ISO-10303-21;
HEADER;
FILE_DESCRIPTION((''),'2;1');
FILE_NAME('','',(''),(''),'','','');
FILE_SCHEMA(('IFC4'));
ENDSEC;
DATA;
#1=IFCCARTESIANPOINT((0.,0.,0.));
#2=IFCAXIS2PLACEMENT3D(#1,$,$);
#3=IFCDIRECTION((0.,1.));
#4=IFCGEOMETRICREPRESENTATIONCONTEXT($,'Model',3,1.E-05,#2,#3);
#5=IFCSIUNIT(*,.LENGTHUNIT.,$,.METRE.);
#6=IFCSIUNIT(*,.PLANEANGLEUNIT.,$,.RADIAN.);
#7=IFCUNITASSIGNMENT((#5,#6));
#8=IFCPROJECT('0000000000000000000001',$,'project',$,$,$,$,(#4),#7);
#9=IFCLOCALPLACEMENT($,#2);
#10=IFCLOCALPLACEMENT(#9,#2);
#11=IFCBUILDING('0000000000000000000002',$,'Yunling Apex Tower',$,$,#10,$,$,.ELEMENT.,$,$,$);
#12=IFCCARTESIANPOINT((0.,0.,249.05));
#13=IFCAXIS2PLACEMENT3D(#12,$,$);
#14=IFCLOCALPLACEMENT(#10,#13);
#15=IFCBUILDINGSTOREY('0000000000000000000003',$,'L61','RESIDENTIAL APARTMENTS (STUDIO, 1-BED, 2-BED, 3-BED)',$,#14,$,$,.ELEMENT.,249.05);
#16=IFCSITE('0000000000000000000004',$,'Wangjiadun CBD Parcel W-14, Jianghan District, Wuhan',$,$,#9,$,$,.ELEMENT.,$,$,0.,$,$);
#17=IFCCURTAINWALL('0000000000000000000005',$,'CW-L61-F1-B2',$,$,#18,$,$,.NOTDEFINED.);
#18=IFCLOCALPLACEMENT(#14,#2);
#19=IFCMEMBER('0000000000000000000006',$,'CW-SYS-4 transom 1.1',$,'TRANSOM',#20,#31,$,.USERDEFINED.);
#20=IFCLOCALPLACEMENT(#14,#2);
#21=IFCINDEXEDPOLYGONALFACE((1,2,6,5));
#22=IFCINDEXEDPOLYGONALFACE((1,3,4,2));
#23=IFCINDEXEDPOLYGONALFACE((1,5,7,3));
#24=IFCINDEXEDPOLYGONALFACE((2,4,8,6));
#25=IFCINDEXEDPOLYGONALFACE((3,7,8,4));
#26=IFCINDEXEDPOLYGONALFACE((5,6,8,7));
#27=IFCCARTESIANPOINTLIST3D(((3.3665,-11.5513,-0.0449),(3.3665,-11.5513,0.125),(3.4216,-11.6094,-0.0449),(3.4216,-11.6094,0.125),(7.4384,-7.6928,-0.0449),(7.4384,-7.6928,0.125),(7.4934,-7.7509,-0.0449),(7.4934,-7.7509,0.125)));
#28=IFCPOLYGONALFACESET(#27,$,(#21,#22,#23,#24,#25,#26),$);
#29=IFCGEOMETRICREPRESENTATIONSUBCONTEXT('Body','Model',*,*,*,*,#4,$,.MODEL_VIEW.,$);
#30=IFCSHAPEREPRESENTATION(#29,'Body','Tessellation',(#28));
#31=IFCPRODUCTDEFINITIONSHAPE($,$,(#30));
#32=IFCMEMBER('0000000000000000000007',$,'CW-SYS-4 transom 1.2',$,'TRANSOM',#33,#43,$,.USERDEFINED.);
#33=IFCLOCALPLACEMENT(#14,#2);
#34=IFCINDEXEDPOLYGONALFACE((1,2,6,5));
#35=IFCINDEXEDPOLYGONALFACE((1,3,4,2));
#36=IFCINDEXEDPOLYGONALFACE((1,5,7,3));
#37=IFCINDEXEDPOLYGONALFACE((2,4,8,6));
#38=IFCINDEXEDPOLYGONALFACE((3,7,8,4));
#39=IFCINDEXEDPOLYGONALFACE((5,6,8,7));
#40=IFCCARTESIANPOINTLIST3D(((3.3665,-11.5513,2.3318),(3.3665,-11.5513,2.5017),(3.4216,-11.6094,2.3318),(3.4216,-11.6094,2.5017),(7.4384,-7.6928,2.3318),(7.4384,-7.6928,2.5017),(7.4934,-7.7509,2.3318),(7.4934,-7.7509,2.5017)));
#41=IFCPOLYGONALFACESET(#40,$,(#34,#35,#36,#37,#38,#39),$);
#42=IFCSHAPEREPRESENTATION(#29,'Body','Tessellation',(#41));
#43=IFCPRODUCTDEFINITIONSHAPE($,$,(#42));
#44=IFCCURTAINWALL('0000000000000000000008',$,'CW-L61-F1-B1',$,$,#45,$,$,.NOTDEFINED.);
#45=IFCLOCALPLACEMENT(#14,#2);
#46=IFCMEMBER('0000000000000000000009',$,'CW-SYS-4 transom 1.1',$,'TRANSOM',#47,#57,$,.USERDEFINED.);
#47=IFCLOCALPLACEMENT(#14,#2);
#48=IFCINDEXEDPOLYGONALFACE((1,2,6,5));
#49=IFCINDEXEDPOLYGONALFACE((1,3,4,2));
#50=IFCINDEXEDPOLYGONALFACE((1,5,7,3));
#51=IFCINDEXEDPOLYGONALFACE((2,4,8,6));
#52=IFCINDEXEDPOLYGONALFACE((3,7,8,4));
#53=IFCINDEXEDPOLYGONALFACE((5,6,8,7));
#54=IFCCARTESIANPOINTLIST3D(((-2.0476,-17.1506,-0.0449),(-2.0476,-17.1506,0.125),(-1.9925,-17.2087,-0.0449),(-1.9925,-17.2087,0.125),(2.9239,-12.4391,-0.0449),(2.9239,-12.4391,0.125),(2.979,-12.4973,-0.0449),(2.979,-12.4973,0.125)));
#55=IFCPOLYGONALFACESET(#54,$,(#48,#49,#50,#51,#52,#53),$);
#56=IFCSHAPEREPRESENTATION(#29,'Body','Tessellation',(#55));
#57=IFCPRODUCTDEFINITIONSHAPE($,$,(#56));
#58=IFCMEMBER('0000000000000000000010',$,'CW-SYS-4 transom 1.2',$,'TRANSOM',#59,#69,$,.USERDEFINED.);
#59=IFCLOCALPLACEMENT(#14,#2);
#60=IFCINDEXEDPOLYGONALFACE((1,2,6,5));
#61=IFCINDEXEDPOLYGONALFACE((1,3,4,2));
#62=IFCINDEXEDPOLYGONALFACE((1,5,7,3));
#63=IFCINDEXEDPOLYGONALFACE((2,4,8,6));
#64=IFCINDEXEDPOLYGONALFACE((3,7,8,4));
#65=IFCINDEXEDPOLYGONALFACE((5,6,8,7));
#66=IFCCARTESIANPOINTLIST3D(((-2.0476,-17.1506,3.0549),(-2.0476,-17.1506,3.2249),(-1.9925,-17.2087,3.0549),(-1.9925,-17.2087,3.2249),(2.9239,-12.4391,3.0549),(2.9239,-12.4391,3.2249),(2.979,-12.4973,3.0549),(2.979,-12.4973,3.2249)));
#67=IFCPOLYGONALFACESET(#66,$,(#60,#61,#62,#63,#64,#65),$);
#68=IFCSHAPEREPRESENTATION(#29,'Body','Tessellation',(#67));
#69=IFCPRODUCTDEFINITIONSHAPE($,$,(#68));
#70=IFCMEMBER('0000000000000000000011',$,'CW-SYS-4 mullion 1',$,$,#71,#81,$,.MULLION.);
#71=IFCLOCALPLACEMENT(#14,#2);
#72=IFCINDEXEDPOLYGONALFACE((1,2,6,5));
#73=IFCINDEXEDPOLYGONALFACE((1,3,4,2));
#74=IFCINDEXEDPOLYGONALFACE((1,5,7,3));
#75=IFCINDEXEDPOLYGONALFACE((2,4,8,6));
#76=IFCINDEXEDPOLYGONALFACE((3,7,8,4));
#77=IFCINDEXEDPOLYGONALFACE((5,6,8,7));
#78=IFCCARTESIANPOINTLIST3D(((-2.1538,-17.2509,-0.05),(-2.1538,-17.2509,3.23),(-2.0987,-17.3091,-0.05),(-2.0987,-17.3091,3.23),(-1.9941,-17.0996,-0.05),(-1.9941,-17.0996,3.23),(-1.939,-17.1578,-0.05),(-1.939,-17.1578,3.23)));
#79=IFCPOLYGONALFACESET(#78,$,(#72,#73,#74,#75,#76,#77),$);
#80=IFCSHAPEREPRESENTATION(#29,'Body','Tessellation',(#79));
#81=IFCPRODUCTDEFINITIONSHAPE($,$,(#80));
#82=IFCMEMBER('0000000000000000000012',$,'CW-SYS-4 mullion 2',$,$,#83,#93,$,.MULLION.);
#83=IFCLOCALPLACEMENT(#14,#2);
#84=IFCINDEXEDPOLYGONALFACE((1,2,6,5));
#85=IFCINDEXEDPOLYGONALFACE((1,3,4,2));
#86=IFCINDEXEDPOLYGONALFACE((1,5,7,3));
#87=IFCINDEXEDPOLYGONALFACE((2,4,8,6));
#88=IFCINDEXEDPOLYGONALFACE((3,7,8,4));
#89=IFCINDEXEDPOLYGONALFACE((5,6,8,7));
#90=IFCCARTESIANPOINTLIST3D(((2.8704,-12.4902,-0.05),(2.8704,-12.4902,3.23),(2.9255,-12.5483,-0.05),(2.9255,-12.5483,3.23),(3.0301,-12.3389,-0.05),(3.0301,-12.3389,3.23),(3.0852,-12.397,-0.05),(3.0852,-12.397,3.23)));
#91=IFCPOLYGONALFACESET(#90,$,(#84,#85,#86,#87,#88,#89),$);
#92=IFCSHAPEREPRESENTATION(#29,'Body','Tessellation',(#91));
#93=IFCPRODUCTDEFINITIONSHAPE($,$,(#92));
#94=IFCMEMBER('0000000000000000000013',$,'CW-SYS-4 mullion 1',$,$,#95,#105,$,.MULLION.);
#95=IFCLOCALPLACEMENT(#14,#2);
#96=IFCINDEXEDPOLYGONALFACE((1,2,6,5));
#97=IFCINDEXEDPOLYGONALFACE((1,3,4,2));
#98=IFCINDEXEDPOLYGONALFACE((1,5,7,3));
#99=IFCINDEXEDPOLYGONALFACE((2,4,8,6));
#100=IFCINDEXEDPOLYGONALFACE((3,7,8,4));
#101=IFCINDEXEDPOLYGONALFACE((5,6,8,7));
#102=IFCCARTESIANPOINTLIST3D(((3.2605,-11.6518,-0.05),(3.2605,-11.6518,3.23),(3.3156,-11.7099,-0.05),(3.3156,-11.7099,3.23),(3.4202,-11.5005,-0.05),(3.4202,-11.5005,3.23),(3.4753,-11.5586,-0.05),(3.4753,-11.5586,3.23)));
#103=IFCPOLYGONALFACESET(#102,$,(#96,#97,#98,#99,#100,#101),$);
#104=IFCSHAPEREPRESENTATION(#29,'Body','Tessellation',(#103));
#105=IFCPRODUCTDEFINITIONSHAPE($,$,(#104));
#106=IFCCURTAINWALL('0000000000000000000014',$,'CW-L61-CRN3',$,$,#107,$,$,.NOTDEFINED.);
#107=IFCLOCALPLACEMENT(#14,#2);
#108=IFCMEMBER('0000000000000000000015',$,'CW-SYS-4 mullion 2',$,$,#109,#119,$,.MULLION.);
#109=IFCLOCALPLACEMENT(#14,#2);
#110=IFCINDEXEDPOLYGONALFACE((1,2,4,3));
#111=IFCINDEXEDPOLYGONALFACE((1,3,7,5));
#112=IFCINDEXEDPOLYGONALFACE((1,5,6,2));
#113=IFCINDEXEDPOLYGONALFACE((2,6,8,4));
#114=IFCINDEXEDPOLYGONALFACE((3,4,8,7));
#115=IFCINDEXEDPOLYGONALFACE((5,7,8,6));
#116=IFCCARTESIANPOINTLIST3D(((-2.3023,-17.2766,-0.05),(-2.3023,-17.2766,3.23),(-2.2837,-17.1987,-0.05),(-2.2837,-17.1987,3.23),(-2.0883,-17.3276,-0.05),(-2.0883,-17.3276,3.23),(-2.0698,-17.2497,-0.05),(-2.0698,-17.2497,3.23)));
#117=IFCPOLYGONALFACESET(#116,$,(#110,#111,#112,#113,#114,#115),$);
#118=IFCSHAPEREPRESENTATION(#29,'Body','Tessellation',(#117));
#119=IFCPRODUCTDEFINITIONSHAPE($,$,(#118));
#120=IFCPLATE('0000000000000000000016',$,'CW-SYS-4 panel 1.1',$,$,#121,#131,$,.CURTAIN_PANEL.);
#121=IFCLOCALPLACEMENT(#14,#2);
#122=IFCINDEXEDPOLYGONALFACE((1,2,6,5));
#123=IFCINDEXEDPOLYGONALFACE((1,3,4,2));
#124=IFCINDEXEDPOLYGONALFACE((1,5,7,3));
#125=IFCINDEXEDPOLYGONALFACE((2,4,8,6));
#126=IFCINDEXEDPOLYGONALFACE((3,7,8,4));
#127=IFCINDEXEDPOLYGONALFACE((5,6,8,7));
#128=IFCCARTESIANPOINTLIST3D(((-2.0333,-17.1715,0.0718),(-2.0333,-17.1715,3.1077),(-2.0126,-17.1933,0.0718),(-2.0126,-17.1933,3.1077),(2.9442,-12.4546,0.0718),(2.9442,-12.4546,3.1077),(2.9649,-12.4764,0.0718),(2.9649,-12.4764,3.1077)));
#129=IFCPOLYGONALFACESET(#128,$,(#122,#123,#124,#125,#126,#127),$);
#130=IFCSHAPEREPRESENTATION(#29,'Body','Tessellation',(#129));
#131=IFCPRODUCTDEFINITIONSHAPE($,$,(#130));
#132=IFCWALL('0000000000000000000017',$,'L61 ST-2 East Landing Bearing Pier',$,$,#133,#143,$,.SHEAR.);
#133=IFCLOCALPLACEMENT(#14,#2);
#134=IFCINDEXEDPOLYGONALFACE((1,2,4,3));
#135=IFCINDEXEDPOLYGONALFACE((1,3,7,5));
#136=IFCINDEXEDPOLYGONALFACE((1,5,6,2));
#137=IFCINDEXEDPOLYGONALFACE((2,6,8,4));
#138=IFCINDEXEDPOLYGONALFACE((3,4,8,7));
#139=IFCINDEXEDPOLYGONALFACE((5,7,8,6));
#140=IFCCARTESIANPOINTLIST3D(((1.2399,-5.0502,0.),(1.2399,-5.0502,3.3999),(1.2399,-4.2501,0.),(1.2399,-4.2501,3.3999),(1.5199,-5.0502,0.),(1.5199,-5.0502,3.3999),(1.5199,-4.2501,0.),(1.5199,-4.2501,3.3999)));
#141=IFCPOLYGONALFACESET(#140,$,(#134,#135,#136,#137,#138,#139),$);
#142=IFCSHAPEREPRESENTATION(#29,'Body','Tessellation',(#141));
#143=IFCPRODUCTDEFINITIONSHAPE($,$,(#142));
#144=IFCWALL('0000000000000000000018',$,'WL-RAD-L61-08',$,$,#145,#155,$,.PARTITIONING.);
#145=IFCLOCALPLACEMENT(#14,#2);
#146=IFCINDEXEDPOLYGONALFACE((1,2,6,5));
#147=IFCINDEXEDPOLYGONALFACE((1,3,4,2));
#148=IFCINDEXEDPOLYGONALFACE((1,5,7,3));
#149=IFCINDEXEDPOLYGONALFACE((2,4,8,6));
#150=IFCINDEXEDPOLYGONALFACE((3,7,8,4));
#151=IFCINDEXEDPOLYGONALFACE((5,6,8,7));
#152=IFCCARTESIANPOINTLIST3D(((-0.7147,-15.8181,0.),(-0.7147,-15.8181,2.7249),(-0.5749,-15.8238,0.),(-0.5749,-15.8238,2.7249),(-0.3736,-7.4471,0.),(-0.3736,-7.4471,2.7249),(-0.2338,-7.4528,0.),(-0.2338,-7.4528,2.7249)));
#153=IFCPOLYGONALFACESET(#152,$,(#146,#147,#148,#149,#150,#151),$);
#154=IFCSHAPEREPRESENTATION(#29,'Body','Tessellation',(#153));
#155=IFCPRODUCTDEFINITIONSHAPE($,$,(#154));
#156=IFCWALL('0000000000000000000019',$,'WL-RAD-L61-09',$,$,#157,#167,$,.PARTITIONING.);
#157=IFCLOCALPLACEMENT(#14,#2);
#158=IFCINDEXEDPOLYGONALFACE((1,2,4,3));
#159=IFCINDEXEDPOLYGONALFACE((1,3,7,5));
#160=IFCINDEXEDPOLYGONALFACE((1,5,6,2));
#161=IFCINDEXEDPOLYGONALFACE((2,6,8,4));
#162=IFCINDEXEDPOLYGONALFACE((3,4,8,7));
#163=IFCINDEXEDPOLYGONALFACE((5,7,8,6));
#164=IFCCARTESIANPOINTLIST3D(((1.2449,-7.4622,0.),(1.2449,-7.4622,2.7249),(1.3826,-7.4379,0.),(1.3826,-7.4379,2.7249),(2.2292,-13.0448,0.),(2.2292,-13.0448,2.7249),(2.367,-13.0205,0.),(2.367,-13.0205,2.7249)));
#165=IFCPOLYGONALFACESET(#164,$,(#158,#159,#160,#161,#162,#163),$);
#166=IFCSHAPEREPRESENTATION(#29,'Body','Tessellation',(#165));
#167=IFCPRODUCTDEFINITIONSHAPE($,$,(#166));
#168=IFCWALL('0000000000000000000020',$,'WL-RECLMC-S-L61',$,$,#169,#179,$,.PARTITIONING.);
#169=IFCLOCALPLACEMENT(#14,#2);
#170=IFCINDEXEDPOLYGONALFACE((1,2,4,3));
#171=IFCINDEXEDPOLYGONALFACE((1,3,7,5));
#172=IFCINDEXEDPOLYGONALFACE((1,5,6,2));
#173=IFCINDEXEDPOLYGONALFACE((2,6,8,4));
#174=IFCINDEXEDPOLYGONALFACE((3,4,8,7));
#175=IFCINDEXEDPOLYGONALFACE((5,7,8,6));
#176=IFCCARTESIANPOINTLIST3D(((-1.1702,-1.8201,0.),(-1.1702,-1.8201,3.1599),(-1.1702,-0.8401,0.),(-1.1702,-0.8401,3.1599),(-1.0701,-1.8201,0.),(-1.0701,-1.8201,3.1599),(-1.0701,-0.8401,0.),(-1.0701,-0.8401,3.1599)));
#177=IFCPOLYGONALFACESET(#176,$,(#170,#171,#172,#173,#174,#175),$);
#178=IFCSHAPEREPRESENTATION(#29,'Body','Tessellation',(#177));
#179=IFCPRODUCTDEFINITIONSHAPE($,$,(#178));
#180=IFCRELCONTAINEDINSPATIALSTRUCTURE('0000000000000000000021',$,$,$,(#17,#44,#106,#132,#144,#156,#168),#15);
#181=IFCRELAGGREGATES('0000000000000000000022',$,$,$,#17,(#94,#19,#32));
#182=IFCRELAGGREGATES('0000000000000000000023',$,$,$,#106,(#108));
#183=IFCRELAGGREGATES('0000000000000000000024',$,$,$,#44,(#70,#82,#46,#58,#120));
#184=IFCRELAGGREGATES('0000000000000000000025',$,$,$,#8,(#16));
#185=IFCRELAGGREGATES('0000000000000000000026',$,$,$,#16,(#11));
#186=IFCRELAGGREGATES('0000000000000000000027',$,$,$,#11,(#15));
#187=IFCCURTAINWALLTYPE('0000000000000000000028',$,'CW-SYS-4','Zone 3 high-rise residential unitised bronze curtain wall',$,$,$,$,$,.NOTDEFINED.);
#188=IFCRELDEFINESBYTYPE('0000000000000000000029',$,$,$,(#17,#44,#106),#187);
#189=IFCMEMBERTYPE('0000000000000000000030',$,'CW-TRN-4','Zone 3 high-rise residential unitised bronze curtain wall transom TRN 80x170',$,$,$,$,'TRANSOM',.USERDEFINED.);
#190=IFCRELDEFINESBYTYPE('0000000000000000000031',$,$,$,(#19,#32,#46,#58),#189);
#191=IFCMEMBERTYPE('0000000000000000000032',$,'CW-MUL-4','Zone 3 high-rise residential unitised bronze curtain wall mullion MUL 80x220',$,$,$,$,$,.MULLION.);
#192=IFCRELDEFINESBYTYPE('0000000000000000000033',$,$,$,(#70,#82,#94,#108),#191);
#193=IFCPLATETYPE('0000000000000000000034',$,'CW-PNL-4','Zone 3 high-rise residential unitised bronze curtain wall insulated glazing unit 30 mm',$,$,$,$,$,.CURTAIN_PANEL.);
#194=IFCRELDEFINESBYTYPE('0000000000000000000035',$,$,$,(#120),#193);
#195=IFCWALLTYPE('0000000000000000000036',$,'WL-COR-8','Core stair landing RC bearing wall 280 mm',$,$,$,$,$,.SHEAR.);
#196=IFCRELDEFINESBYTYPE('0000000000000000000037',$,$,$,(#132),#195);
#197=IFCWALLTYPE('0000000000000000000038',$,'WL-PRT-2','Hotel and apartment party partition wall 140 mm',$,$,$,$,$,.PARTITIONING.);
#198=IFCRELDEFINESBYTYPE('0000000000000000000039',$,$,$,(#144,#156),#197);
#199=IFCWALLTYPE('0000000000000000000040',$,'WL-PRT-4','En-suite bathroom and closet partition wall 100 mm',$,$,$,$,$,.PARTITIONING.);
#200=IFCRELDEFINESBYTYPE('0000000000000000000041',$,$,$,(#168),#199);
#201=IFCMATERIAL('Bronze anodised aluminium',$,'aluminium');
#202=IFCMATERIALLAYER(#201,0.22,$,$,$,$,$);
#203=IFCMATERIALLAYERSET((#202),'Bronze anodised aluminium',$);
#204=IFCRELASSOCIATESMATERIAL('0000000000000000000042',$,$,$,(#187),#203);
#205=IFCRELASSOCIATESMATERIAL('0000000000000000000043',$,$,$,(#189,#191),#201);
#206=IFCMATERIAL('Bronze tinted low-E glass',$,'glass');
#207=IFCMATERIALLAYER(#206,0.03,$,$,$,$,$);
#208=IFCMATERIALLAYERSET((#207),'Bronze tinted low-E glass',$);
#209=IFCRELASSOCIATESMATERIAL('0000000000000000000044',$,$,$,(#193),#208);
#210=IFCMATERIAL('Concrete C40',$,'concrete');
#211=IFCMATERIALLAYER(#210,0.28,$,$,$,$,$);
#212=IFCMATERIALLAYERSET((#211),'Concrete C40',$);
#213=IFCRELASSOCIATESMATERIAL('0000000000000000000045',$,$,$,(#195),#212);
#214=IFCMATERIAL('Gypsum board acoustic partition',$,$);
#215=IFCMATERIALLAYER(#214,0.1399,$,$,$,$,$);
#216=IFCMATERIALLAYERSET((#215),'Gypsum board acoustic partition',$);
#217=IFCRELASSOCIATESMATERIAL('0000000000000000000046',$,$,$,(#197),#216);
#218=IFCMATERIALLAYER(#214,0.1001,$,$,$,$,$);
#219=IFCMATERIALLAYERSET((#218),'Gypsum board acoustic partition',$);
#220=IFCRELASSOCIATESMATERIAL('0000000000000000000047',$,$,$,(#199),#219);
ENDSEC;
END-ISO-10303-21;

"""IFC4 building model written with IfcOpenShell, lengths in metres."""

from ifc_helpers import new_model, si_unit, direction, frame, frame_2d, origin, origin_2d, place, context, subcontext, project, spatial, rectangle, extrude, source, transform, mapped, material, layer, layer_set, material_profile, profile_set, type_object, element, aggregate, save


model = new_model("IFC4")

# Units and contexts
model_context = context("Model", 3, precision=1e-05, world=origin(), true_north=direction((0.0, 1.0)))
body_context = subcontext(model_context, "Body", "Model", "MODEL_VIEW")
ifc_project = project(units=[si_unit("LENGTHUNIT", "METRE"), si_unit("PLANEANGLEUNIT", "RADIAN")], contexts=[model_context])

# Site, building, storey
site_placement = place(None, origin())
site = spatial("IfcSite", under=ifc_project, at=site_placement, Name="Wangjiadun CBD Parcel W-14, Jianghan District, Wuhan", CompositionType="ELEMENT", RefElevation=0.0)
building_placement = place(site_placement, origin())
building = spatial("IfcBuilding", under=site, at=building_placement, Name="Yunling Apex Tower", CompositionType="ELEMENT")
storey_placement = place(building_placement, frame((0.0, 0.0, 249.05)))
storey = spatial("IfcBuildingStorey", under=building, at=storey_placement, Name="L61", Description="RESIDENTIAL APARTMENTS (STUDIO, 1-BED, 2-BED, 3-BED)", CompositionType="ELEMENT", Elevation=249.05)

# Curtain walls, members
ifc_material_1 = material(Name="Bronze anodised aluminium", Category="aluminium")
ifc_layer_1 = layer(ifc_material_1, 0.22)
ifc_layer_set_1 = layer_set([ifc_layer_1], Name="Bronze anodised aluminium")
curtain_wall_type = type_object("IfcCurtainWallType", Name="CW-SYS-4", Description="Zone 3 high-rise residential unitised bronze curtain wall", PredefinedType="NOTDEFINED", material=ifc_layer_set_1)
curtain_wall_1_placement = place(storey_placement, origin())
curtain_wall_1 = element("IfcCurtainWall", 1, at=curtain_wall_1_placement, inside=storey, type_object=curtain_wall_type, Name="CW-L61-F1-B2", PredefinedType="NOTDEFINED")
ifc_material_profile_1 = material_profile(ifc_material_1, rectangle(XDim=0.0801, YDim=0.1699, at=origin_2d()))
ifc_profile_set_1 = profile_set([ifc_material_profile_1], Name="Bronze anodised aluminium")
member_type_1 = type_object("IfcMemberType", Name="CW-TRN-4", Description="Zone 3 high-rise residential unitised bronze curtain wall transom TRN 80x170", ElementType="TRANSOM", PredefinedType="USERDEFINED", material=ifc_profile_set_1)
shared_shape_1 = source(origin(), body_context, "Body", "SweptSolid", [
    extrude(rectangle(XDim=0.0801, YDim=0.1699, at=origin_2d()), origin(), (0.0, 0.0, 1.0), 5.6096),
])
member_1_placement = place(storey_placement, frame((3.394, -11.5803, 0.04), z_axis=(0.72587, 0.687832, 0.0), x_axis=(-0.687832, 0.72587, 0.0)))
member_1 = element("IfcMember", 2, at=member_1_placement, type_object=member_type_1, Name="CW-SYS-4 transom 1.1", ObjectType="TRANSOM", PredefinedType="USERDEFINED", context=body_context, shape_type="MappedRepresentation", body=[
    mapped(shared_shape_1, transform((0.0, 0.0, 0.0), scale=1.0)),
])
member_2_placement = place(storey_placement, frame((3.394, -11.5803, 2.4167), z_axis=(0.72587, 0.687832, 0.0), x_axis=(-0.687832, 0.72587, 0.0)))
member_2 = element("IfcMember", 3, at=member_2_placement, type_object=member_type_1, Name="CW-SYS-4 transom 1.2", ObjectType="TRANSOM", PredefinedType="USERDEFINED", context=body_context, shape_type="MappedRepresentation", body=[
    mapped(shared_shape_1, transform((0.0, 0.0, 0.0), scale=1.0)),
])
curtain_wall_2_placement = place(storey_placement, origin())
curtain_wall_2 = element("IfcCurtainWall", 4, at=curtain_wall_2_placement, inside=storey, type_object=curtain_wall_type, Name="CW-L61-F1-B1", PredefinedType="NOTDEFINED")
shared_shape_2 = source(origin(), body_context, "Body", "SweptSolid", [
    extrude(rectangle(XDim=0.0801, YDim=0.1699, at=origin_2d()), origin(), (0.0, 0.0, 1.0), 6.8494),
])
member_3_placement = place(storey_placement, frame((-2.02, -17.1797, 0.04), z_axis=(0.725833, 0.687871, 0.0), x_axis=(-0.687871, 0.725833, 0.0)))
member_3 = element("IfcMember", 5, at=member_3_placement, type_object=member_type_1, Name="CW-SYS-4 transom 1.1", ObjectType="TRANSOM", PredefinedType="USERDEFINED", context=body_context, shape_type="MappedRepresentation", body=[
    mapped(shared_shape_2, transform((0.0, 0.0, 0.0), scale=1.0)),
])
member_4_placement = place(storey_placement, frame((-2.02, -17.1797, 3.1399), z_axis=(0.725833, 0.687871, 0.0), x_axis=(-0.687871, 0.725833, 0.0)))
member_4 = element("IfcMember", 6, at=member_4_placement, type_object=member_type_1, Name="CW-SYS-4 transom 1.2", ObjectType="TRANSOM", PredefinedType="USERDEFINED", context=body_context, shape_type="MappedRepresentation", body=[
    mapped(shared_shape_2, transform((0.0, 0.0, 0.0), scale=1.0)),
])
ifc_material_profile_2 = material_profile(ifc_material_1, rectangle(XDim=0.0801, YDim=0.22, at=origin_2d()))
ifc_profile_set_2 = profile_set([ifc_material_profile_2], Name="Bronze anodised aluminium")
member_type_2 = type_object("IfcMemberType", Name="CW-MUL-4", Description="Zone 3 high-rise residential unitised bronze curtain wall mullion MUL 80x220", PredefinedType="MULLION", material=ifc_profile_set_2)
shared_shape_3 = source(origin(), body_context, "Body", "SweptSolid", [
    extrude(rectangle(XDim=0.0801, YDim=0.22, at=origin_2d()), origin(), (0.0, 0.0, 1.0), 3.28),
])
member_5_placement = place(storey_placement, frame((-2.0464, -17.2043, -0.05), z_axis=(0.0, 0.0, 1.0), x_axis=(-0.687848, 0.725855, 0.0)))
member_5 = element("IfcMember", 7, at=member_5_placement, type_object=member_type_2, Name="CW-SYS-4 mullion 1", PredefinedType="MULLION", context=body_context, shape_type="MappedRepresentation", body=[
    mapped(shared_shape_3, transform((0.0, 0.0, 0.0), scale=1.0)),
])
member_6_placement = place(storey_placement, frame((2.9778, -12.4436, -0.05), z_axis=(0.0, 0.0, 1.0), x_axis=(-0.687848, 0.725855, 0.0)))
member_6 = element("IfcMember", 8, at=member_6_placement, type_object=member_type_2, Name="CW-SYS-4 mullion 2", PredefinedType="MULLION", context=body_context, shape_type="MappedRepresentation", body=[
    mapped(shared_shape_3, transform((0.0, 0.0, 0.0), scale=1.0)),
])

# Member
member_7_placement = place(storey_placement, frame((3.3679, -11.6052, -0.05), z_axis=(0.0, 0.0, 1.0), x_axis=(-0.687854, 0.725849, 0.0)))
member_7 = element("IfcMember", 9, at=member_7_placement, type_object=member_type_2, Name="CW-SYS-4 mullion 1", PredefinedType="MULLION", context=body_context, shape_type="MappedRepresentation", body=[
    mapped(shared_shape_3, transform((0.0, 0.0, 0.0), scale=1.0)),
])
aggregate(curtain_wall_1, [member_7, member_1, member_2])

# Curtain wall, member
curtain_wall_3_placement = place(storey_placement, origin())
curtain_wall_3 = element("IfcCurtainWall", 10, at=curtain_wall_3_placement, inside=storey, type_object=curtain_wall_type, Name="CW-L61-CRN3", PredefinedType="NOTDEFINED")
member_8_placement = place(storey_placement, frame((-2.186, -17.2632, -0.05), z_axis=(0.0, 0.0, 1.0), x_axis=(0.231809, 0.972761, 0.0)))
member_8 = element("IfcMember", 11, at=member_8_placement, type_object=member_type_2, Name="CW-SYS-4 mullion 2", PredefinedType="MULLION", context=body_context, shape_type="MappedRepresentation", body=[
    mapped(shared_shape_3, transform((0.0, 0.0, 0.0), scale=1.0)),
])
aggregate(curtain_wall_3, [member_8])

# Plate
ifc_material_2 = material(Name="Bronze tinted low-E glass", Category="glass")
ifc_layer_2 = layer(ifc_material_2, 0.03)
ifc_layer_set_2 = layer_set([ifc_layer_2], Name="Bronze tinted low-E glass")
plate_type = type_object("IfcPlateType", Name="CW-PNL-4", Description="Zone 3 high-rise residential unitised bronze curtain wall insulated glazing unit 30 mm", PredefinedType="CURTAIN_PANEL", material=ifc_layer_set_2)
shared_shape_4 = source(origin(), body_context, "Body", "SweptSolid", [
    extrude(rectangle(XDim=6.8574, YDim=0.03, at=origin_2d()), origin(), (0.0, 0.0, 1.0), 3.0359),
])
plate_placement = place(storey_placement, frame((0.4658, -14.824, 0.0718), z_axis=(0.0, 0.0, 1.0), x_axis=(0.725855, 0.687848, 0.0)))
plate = element("IfcPlate", 12, at=plate_placement, type_object=plate_type, Name="CW-SYS-4 panel 1.1", PredefinedType="CURTAIN_PANEL", context=body_context, shape_type="MappedRepresentation", body=[
    mapped(shared_shape_4, transform((0.0, 0.0, 0.0), scale=1.0)),
])
aggregate(curtain_wall_2, [member_5, member_6, member_3, member_4, plate])

# Walls
ifc_material_3 = material(Name="Concrete C40", Category="concrete")
ifc_layer_3 = layer(ifc_material_3, 0.28)
ifc_layer_set_3 = layer_set([ifc_layer_3], Name="Concrete C40")
wall_type_1 = type_object("IfcWallType", Name="WL-COR-8", Description="Core stair landing RC bearing wall 280 mm", PredefinedType="SHEAR", material=ifc_layer_set_3)
wall_1_placement = place(storey_placement, frame((1.3799, -5.05, 0.0), z_axis=(0.0, 0.0, 1.0), x_axis=(0.0, 1.0, 0.0)))
element("IfcWall", 13, at=wall_1_placement, inside=storey, type_object=wall_type_1, Name="L61 ST-2 East Landing Bearing Pier", PredefinedType="SHEAR", context=body_context, shape_type="SweptSolid", body=[
    extrude(rectangle(XDim=0.8, YDim=0.28, at=frame_2d((0.3999, 0.0))), origin(), (0.0, 0.0, 1.0), 3.3999),
])
ifc_material_4 = material(Name="Gypsum board acoustic partition")
ifc_layer_4 = layer(ifc_material_4, 0.1399)
ifc_layer_set_4 = layer_set([ifc_layer_4], Name="Gypsum board acoustic partition")
wall_type_2 = type_object("IfcWallType", Name="WL-PRT-2", Description="Hotel and apartment party partition wall 140 mm", PredefinedType="PARTITIONING", material=ifc_layer_set_4)
wall_2_placement = place(storey_placement, frame((-0.3037, -7.45, 0.0), z_axis=(0.0, 0.0, 1.0), x_axis=(-0.040709, -0.999171, 0.0)))
element("IfcWall", 14, at=wall_2_placement, inside=storey, type_object=wall_type_2, Name="WL-RAD-L61-08", PredefinedType="PARTITIONING", context=body_context, shape_type="SweptSolid", body=[
    extrude(rectangle(XDim=8.3779, YDim=0.1399, at=frame_2d((4.189, 0.0))), origin(), (0.0, 0.0, 1.0), 2.7249),
])
wall_3_placement = place(storey_placement, frame((1.3137, -7.45, 0.0), z_axis=(0.0, 0.0, 1.0), x_axis=(0.173653, -0.984807, 0.0)))
element("IfcWall", 15, at=wall_3_placement, inside=storey, type_object=wall_type_2, Name="WL-RAD-L61-09", PredefinedType="PARTITIONING", context=body_context, shape_type="SweptSolid", body=[
    extrude(rectangle(XDim=5.6687, YDim=0.1399, at=frame_2d((2.8345, 0.0))), origin(), (0.0, 0.0, 1.0), 2.7249),
])
ifc_layer_5 = layer(ifc_material_4, 0.1001)
ifc_layer_set_5 = layer_set([ifc_layer_5], Name="Gypsum board acoustic partition")
wall_type_3 = type_object("IfcWallType", Name="WL-PRT-4", Description="En-suite bathroom and closet partition wall 100 mm", PredefinedType="PARTITIONING", material=ifc_layer_set_5)
wall_4_placement = place(storey_placement, frame((-1.1201, -1.8201, 0.0), z_axis=(0.0, 0.0, 1.0), x_axis=(0.0, 1.0, 0.0)))
element("IfcWall", 16, at=wall_4_placement, inside=storey, type_object=wall_type_3, Name="WL-RECLMC-S-L61", PredefinedType="PARTITIONING", context=body_context, shape_type="SweptSolid", body=[
    extrude(rectangle(XDim=0.98, YDim=0.1001, at=frame_2d((0.49, 0.0))), origin(), (0.0, 0.0, 1.0), 3.1599),
])

save(model, "model.ifc")
